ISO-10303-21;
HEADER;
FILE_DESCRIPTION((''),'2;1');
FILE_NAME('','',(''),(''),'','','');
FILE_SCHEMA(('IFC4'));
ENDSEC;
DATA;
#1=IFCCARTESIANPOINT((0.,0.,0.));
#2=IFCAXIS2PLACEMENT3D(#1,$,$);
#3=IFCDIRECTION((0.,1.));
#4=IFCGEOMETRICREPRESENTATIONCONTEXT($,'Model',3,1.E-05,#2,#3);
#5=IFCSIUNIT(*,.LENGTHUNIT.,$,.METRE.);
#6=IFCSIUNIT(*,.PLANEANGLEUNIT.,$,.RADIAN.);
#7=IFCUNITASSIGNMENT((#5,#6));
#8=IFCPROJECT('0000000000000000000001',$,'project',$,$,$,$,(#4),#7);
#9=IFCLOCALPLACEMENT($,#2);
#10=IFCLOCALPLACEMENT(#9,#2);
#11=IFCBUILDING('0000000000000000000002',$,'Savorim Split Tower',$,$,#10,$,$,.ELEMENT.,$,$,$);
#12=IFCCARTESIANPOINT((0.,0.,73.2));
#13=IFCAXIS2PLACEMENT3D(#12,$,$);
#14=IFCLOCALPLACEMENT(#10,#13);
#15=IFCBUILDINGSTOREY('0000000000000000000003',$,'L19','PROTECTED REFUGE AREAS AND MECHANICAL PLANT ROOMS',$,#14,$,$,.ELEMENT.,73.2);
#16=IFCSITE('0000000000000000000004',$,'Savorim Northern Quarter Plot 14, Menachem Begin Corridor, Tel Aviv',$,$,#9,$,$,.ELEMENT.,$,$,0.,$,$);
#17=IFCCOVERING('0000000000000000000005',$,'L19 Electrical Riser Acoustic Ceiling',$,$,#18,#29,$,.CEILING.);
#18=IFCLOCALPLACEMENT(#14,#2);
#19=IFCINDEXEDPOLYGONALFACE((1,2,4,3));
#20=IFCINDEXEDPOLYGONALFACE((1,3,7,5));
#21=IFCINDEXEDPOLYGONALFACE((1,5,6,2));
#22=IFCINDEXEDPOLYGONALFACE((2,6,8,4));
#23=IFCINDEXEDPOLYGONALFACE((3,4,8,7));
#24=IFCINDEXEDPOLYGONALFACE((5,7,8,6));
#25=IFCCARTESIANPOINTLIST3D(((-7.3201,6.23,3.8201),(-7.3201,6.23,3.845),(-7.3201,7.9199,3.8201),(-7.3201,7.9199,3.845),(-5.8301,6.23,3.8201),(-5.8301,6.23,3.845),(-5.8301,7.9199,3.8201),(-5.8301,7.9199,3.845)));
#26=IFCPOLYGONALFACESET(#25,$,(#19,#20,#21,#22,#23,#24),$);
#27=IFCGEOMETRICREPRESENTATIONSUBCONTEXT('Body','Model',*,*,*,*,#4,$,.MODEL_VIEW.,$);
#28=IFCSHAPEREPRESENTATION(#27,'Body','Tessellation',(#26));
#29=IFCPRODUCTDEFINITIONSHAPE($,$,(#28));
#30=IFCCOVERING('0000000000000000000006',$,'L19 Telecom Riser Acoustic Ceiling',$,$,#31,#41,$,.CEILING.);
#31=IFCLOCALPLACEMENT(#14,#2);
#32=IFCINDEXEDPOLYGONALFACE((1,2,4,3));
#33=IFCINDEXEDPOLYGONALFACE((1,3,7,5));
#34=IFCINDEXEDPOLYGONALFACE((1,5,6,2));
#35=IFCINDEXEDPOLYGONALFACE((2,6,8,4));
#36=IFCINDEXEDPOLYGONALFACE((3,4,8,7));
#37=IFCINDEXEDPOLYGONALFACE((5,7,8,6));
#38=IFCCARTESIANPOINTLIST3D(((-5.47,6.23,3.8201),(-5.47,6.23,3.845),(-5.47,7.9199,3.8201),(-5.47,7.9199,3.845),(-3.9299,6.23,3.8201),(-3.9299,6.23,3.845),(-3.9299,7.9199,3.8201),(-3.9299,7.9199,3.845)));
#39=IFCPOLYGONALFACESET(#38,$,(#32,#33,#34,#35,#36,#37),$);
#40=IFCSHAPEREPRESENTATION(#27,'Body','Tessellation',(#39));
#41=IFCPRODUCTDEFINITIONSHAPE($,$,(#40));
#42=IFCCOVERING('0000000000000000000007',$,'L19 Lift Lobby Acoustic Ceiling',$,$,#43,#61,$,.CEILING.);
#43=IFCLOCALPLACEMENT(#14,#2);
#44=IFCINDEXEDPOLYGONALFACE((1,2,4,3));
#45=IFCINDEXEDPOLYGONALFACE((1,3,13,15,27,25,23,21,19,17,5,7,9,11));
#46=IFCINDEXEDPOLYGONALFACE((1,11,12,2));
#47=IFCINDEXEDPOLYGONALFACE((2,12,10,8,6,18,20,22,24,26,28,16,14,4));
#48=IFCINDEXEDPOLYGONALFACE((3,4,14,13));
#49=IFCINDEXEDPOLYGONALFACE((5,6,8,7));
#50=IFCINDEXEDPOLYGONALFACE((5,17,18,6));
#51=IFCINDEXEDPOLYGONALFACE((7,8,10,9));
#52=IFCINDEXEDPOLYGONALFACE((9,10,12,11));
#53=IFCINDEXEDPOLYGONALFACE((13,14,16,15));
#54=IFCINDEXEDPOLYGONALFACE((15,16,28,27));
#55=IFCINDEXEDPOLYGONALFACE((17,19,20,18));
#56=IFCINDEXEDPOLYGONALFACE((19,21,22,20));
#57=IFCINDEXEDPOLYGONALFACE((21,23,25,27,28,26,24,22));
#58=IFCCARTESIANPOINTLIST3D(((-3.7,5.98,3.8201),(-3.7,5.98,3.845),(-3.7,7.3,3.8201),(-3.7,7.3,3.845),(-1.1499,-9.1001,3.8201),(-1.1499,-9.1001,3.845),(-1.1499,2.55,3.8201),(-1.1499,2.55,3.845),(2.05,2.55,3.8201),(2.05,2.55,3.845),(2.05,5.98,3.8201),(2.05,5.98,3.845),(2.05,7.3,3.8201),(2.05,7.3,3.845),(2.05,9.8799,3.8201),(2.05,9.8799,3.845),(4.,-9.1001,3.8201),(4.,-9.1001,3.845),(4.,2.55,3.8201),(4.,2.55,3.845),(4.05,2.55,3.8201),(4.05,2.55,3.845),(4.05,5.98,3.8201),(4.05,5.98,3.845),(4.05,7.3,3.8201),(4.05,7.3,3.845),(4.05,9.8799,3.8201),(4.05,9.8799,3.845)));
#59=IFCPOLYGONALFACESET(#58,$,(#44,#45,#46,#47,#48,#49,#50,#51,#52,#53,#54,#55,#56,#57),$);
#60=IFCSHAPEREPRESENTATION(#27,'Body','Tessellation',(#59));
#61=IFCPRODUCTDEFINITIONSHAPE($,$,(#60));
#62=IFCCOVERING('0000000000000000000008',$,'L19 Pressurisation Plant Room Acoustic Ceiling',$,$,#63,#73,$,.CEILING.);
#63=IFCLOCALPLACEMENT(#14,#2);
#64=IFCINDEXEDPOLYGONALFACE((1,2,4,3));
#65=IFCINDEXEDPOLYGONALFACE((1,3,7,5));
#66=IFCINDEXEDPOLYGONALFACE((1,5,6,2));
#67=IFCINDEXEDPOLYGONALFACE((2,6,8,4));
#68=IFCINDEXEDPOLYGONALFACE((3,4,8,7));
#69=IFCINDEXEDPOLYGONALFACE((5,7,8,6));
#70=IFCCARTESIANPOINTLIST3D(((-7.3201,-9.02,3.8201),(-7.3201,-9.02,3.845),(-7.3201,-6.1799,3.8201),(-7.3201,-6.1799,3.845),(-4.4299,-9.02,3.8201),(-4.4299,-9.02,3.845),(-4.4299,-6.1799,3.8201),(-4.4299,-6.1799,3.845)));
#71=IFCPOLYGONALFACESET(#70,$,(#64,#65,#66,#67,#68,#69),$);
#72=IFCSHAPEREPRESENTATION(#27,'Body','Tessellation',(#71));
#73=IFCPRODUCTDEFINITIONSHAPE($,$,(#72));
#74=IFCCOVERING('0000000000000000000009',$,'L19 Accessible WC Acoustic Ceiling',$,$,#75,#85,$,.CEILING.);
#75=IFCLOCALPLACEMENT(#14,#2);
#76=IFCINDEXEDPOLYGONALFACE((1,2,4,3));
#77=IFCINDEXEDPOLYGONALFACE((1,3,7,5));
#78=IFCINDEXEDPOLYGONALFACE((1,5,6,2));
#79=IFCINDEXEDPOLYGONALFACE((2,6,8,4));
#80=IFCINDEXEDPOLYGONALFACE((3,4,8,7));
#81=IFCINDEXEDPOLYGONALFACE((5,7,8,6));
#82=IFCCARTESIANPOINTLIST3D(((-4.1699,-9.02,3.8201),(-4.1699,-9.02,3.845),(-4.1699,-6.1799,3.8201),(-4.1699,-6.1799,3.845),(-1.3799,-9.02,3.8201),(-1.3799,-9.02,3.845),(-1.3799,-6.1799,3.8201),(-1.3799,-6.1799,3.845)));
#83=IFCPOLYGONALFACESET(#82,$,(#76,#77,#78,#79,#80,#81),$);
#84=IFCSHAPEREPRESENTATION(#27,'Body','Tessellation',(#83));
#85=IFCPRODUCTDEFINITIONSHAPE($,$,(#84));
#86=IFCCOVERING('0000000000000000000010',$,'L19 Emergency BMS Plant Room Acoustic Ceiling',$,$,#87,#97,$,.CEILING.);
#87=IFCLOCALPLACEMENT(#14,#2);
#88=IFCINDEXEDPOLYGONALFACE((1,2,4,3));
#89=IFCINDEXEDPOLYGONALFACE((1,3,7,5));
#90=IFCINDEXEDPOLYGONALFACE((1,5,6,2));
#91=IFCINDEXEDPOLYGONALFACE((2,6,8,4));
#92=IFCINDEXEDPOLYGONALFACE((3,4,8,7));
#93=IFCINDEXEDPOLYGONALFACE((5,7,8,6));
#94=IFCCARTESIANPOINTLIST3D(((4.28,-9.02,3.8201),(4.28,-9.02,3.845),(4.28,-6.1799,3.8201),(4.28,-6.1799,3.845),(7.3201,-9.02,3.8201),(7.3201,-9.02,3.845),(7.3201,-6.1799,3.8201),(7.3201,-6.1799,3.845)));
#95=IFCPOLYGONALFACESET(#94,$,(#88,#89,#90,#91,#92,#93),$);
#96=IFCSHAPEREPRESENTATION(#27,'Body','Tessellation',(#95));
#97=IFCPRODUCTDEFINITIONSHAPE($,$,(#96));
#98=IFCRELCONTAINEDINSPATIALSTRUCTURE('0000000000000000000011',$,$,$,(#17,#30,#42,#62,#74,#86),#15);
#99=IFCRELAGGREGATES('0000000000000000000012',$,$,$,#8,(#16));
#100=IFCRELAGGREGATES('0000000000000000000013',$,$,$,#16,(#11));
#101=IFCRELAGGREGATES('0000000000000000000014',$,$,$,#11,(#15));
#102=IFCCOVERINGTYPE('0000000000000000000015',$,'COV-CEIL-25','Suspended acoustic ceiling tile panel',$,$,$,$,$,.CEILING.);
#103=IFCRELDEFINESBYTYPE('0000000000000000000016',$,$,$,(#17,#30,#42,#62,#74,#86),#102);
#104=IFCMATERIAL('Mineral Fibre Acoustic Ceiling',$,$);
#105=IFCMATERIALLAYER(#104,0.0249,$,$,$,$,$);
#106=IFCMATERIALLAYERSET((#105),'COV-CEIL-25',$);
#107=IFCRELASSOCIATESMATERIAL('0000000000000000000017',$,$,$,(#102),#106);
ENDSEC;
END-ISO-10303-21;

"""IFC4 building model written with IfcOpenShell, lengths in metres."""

from ifc_helpers import new_model, si_unit, direction, frame, origin, place, context, subcontext, project, spatial, polyline, outline, extrude, material, layer, layer_set, type_object, element, save


model = new_model("IFC4")

# Units and contexts
model_context = context("Model", 3, precision=1e-05, world=origin(), true_north=direction((0.0, 1.0)))
body_context = subcontext(model_context, "Body", "Model", "MODEL_VIEW")
ifc_project = project(units=[si_unit("LENGTHUNIT", "METRE"), si_unit("PLANEANGLEUNIT", "RADIAN")], contexts=[model_context])

# Site, building, storey
site_placement = place(None, origin())
site = spatial("IfcSite", under=ifc_project, at=site_placement, Name="Savorim Northern Quarter Plot 14, Menachem Begin Corridor, Tel Aviv", CompositionType="ELEMENT", RefElevation=0.0)
building_placement = place(site_placement, origin())
building = spatial("IfcBuilding", under=site, at=building_placement, Name="Savorim Split Tower", CompositionType="ELEMENT")
storey_placement = place(building_placement, frame((0.0, 0.0, 73.2)))
storey = spatial("IfcBuildingStorey", under=building, at=storey_placement, Name="L19", Description="PROTECTED REFUGE AREAS AND MECHANICAL PLANT ROOMS", CompositionType="ELEMENT", Elevation=73.2)

# Coverings
ifc_material_1 = material(Name="Mineral Fibre Acoustic Ceiling")
ifc_layer_1 = layer(ifc_material_1, 0.0249)
ifc_layer_set_1 = layer_set([ifc_layer_1], Name="COV-CEIL-25")
covering_type_1 = type_object("IfcCoveringType", Name="COV-CEIL-25", Description="Suspended acoustic ceiling tile panel", PredefinedType="CEILING", material=ifc_layer_set_1)
covering_1_placement = place(storey_placement, frame((0.0, 0.0, 3.8201)))
element("IfcCovering", 1, at=covering_1_placement, inside=storey, type_object=covering_type_1, Name="L19 Electrical Riser Acoustic Ceiling", PredefinedType="CEILING", context=body_context, shape_type="SweptSolid", body=[
    extrude(outline(polyline([(-7.3201, 7.9199), (-7.3201, 6.23), (-5.8301, 6.23), (-5.8301, 7.9199), (-7.3201, 7.9199)])), origin(), (0.0, 0.0, 1.0), 0.0249),
])
covering_2_placement = place(storey_placement, frame((0.0, 0.0, 3.8201)))
element("IfcCovering", 2, at=covering_2_placement, inside=storey, type_object=covering_type_1, Name="L19 Telecom Riser Acoustic Ceiling", PredefinedType="CEILING", context=body_context, shape_type="SweptSolid", body=[
    extrude(outline(polyline([(-5.47, 7.9199), (-5.47, 6.23), (-3.9299, 6.23), (-3.9299, 7.9199), (-5.47, 7.9199)])), origin(), (0.0, 0.0, 1.0), 0.0249),
])
covering_3_placement = place(storey_placement, frame((0.0, 0.0, 3.8201)))
element("IfcCovering", 3, at=covering_3_placement, inside=storey, type_object=covering_type_1, Name="L19 Lift Lobby Acoustic Ceiling", PredefinedType="CEILING", context=body_context, shape_type="SweptSolid", body=[
    extrude(outline(polyline([(2.05, 2.55), (-1.1499, 2.55), (-1.1499, -9.1001), (4.0, -9.1001), (4.0, 2.55), (4.05, 2.55), (4.05, 5.98), (4.05, 7.3), (4.05, 9.8799), (2.05, 9.8799), (2.05, 7.3), (-3.7, 7.3), (-3.7, 5.98), (2.05, 5.98), (2.05, 2.55)])), origin(), (0.0, 0.0, 1.0), 0.0249),
])
covering_4_placement = place(storey_placement, frame((0.0, 0.0, 3.8201)))
element("IfcCovering", 4, at=covering_4_placement, inside=storey, type_object=covering_type_1, Name="L19 Pressurisation Plant Room Acoustic Ceiling", PredefinedType="CEILING", context=body_context, shape_type="SweptSolid", body=[
    extrude(outline(polyline([(-7.3201, -6.1799), (-7.3201, -9.02), (-4.4299, -9.02), (-4.4299, -6.1799), (-7.3201, -6.1799)])), origin(), (0.0, 0.0, 1.0), 0.0249),
])
covering_5_placement = place(storey_placement, frame((0.0, 0.0, 3.8201)))
element("IfcCovering", 5, at=covering_5_placement, inside=storey, type_object=covering_type_1, Name="L19 Accessible WC Acoustic Ceiling", PredefinedType="CEILING", context=body_context, shape_type="SweptSolid", body=[
    extrude(outline(polyline([(-4.1699, -6.1799), (-4.1699, -9.02), (-1.3799, -9.02), (-1.3799, -6.1799), (-4.1699, -6.1799)])), origin(), (0.0, 0.0, 1.0), 0.0249),
])
covering_6_placement = place(storey_placement, frame((0.0, 0.0, 3.8201)))
element("IfcCovering", 6, at=covering_6_placement, inside=storey, type_object=covering_type_1, Name="L19 Emergency BMS Plant Room Acoustic Ceiling", PredefinedType="CEILING", context=body_context, shape_type="SweptSolid", body=[
    extrude(outline(polyline([(4.28, -6.1799), (4.28, -9.02), (7.3201, -9.02), (7.3201, -6.1799), (4.28, -6.1799)])), origin(), (0.0, 0.0, 1.0), 0.0249),
])

save(model, "model.ifc")
